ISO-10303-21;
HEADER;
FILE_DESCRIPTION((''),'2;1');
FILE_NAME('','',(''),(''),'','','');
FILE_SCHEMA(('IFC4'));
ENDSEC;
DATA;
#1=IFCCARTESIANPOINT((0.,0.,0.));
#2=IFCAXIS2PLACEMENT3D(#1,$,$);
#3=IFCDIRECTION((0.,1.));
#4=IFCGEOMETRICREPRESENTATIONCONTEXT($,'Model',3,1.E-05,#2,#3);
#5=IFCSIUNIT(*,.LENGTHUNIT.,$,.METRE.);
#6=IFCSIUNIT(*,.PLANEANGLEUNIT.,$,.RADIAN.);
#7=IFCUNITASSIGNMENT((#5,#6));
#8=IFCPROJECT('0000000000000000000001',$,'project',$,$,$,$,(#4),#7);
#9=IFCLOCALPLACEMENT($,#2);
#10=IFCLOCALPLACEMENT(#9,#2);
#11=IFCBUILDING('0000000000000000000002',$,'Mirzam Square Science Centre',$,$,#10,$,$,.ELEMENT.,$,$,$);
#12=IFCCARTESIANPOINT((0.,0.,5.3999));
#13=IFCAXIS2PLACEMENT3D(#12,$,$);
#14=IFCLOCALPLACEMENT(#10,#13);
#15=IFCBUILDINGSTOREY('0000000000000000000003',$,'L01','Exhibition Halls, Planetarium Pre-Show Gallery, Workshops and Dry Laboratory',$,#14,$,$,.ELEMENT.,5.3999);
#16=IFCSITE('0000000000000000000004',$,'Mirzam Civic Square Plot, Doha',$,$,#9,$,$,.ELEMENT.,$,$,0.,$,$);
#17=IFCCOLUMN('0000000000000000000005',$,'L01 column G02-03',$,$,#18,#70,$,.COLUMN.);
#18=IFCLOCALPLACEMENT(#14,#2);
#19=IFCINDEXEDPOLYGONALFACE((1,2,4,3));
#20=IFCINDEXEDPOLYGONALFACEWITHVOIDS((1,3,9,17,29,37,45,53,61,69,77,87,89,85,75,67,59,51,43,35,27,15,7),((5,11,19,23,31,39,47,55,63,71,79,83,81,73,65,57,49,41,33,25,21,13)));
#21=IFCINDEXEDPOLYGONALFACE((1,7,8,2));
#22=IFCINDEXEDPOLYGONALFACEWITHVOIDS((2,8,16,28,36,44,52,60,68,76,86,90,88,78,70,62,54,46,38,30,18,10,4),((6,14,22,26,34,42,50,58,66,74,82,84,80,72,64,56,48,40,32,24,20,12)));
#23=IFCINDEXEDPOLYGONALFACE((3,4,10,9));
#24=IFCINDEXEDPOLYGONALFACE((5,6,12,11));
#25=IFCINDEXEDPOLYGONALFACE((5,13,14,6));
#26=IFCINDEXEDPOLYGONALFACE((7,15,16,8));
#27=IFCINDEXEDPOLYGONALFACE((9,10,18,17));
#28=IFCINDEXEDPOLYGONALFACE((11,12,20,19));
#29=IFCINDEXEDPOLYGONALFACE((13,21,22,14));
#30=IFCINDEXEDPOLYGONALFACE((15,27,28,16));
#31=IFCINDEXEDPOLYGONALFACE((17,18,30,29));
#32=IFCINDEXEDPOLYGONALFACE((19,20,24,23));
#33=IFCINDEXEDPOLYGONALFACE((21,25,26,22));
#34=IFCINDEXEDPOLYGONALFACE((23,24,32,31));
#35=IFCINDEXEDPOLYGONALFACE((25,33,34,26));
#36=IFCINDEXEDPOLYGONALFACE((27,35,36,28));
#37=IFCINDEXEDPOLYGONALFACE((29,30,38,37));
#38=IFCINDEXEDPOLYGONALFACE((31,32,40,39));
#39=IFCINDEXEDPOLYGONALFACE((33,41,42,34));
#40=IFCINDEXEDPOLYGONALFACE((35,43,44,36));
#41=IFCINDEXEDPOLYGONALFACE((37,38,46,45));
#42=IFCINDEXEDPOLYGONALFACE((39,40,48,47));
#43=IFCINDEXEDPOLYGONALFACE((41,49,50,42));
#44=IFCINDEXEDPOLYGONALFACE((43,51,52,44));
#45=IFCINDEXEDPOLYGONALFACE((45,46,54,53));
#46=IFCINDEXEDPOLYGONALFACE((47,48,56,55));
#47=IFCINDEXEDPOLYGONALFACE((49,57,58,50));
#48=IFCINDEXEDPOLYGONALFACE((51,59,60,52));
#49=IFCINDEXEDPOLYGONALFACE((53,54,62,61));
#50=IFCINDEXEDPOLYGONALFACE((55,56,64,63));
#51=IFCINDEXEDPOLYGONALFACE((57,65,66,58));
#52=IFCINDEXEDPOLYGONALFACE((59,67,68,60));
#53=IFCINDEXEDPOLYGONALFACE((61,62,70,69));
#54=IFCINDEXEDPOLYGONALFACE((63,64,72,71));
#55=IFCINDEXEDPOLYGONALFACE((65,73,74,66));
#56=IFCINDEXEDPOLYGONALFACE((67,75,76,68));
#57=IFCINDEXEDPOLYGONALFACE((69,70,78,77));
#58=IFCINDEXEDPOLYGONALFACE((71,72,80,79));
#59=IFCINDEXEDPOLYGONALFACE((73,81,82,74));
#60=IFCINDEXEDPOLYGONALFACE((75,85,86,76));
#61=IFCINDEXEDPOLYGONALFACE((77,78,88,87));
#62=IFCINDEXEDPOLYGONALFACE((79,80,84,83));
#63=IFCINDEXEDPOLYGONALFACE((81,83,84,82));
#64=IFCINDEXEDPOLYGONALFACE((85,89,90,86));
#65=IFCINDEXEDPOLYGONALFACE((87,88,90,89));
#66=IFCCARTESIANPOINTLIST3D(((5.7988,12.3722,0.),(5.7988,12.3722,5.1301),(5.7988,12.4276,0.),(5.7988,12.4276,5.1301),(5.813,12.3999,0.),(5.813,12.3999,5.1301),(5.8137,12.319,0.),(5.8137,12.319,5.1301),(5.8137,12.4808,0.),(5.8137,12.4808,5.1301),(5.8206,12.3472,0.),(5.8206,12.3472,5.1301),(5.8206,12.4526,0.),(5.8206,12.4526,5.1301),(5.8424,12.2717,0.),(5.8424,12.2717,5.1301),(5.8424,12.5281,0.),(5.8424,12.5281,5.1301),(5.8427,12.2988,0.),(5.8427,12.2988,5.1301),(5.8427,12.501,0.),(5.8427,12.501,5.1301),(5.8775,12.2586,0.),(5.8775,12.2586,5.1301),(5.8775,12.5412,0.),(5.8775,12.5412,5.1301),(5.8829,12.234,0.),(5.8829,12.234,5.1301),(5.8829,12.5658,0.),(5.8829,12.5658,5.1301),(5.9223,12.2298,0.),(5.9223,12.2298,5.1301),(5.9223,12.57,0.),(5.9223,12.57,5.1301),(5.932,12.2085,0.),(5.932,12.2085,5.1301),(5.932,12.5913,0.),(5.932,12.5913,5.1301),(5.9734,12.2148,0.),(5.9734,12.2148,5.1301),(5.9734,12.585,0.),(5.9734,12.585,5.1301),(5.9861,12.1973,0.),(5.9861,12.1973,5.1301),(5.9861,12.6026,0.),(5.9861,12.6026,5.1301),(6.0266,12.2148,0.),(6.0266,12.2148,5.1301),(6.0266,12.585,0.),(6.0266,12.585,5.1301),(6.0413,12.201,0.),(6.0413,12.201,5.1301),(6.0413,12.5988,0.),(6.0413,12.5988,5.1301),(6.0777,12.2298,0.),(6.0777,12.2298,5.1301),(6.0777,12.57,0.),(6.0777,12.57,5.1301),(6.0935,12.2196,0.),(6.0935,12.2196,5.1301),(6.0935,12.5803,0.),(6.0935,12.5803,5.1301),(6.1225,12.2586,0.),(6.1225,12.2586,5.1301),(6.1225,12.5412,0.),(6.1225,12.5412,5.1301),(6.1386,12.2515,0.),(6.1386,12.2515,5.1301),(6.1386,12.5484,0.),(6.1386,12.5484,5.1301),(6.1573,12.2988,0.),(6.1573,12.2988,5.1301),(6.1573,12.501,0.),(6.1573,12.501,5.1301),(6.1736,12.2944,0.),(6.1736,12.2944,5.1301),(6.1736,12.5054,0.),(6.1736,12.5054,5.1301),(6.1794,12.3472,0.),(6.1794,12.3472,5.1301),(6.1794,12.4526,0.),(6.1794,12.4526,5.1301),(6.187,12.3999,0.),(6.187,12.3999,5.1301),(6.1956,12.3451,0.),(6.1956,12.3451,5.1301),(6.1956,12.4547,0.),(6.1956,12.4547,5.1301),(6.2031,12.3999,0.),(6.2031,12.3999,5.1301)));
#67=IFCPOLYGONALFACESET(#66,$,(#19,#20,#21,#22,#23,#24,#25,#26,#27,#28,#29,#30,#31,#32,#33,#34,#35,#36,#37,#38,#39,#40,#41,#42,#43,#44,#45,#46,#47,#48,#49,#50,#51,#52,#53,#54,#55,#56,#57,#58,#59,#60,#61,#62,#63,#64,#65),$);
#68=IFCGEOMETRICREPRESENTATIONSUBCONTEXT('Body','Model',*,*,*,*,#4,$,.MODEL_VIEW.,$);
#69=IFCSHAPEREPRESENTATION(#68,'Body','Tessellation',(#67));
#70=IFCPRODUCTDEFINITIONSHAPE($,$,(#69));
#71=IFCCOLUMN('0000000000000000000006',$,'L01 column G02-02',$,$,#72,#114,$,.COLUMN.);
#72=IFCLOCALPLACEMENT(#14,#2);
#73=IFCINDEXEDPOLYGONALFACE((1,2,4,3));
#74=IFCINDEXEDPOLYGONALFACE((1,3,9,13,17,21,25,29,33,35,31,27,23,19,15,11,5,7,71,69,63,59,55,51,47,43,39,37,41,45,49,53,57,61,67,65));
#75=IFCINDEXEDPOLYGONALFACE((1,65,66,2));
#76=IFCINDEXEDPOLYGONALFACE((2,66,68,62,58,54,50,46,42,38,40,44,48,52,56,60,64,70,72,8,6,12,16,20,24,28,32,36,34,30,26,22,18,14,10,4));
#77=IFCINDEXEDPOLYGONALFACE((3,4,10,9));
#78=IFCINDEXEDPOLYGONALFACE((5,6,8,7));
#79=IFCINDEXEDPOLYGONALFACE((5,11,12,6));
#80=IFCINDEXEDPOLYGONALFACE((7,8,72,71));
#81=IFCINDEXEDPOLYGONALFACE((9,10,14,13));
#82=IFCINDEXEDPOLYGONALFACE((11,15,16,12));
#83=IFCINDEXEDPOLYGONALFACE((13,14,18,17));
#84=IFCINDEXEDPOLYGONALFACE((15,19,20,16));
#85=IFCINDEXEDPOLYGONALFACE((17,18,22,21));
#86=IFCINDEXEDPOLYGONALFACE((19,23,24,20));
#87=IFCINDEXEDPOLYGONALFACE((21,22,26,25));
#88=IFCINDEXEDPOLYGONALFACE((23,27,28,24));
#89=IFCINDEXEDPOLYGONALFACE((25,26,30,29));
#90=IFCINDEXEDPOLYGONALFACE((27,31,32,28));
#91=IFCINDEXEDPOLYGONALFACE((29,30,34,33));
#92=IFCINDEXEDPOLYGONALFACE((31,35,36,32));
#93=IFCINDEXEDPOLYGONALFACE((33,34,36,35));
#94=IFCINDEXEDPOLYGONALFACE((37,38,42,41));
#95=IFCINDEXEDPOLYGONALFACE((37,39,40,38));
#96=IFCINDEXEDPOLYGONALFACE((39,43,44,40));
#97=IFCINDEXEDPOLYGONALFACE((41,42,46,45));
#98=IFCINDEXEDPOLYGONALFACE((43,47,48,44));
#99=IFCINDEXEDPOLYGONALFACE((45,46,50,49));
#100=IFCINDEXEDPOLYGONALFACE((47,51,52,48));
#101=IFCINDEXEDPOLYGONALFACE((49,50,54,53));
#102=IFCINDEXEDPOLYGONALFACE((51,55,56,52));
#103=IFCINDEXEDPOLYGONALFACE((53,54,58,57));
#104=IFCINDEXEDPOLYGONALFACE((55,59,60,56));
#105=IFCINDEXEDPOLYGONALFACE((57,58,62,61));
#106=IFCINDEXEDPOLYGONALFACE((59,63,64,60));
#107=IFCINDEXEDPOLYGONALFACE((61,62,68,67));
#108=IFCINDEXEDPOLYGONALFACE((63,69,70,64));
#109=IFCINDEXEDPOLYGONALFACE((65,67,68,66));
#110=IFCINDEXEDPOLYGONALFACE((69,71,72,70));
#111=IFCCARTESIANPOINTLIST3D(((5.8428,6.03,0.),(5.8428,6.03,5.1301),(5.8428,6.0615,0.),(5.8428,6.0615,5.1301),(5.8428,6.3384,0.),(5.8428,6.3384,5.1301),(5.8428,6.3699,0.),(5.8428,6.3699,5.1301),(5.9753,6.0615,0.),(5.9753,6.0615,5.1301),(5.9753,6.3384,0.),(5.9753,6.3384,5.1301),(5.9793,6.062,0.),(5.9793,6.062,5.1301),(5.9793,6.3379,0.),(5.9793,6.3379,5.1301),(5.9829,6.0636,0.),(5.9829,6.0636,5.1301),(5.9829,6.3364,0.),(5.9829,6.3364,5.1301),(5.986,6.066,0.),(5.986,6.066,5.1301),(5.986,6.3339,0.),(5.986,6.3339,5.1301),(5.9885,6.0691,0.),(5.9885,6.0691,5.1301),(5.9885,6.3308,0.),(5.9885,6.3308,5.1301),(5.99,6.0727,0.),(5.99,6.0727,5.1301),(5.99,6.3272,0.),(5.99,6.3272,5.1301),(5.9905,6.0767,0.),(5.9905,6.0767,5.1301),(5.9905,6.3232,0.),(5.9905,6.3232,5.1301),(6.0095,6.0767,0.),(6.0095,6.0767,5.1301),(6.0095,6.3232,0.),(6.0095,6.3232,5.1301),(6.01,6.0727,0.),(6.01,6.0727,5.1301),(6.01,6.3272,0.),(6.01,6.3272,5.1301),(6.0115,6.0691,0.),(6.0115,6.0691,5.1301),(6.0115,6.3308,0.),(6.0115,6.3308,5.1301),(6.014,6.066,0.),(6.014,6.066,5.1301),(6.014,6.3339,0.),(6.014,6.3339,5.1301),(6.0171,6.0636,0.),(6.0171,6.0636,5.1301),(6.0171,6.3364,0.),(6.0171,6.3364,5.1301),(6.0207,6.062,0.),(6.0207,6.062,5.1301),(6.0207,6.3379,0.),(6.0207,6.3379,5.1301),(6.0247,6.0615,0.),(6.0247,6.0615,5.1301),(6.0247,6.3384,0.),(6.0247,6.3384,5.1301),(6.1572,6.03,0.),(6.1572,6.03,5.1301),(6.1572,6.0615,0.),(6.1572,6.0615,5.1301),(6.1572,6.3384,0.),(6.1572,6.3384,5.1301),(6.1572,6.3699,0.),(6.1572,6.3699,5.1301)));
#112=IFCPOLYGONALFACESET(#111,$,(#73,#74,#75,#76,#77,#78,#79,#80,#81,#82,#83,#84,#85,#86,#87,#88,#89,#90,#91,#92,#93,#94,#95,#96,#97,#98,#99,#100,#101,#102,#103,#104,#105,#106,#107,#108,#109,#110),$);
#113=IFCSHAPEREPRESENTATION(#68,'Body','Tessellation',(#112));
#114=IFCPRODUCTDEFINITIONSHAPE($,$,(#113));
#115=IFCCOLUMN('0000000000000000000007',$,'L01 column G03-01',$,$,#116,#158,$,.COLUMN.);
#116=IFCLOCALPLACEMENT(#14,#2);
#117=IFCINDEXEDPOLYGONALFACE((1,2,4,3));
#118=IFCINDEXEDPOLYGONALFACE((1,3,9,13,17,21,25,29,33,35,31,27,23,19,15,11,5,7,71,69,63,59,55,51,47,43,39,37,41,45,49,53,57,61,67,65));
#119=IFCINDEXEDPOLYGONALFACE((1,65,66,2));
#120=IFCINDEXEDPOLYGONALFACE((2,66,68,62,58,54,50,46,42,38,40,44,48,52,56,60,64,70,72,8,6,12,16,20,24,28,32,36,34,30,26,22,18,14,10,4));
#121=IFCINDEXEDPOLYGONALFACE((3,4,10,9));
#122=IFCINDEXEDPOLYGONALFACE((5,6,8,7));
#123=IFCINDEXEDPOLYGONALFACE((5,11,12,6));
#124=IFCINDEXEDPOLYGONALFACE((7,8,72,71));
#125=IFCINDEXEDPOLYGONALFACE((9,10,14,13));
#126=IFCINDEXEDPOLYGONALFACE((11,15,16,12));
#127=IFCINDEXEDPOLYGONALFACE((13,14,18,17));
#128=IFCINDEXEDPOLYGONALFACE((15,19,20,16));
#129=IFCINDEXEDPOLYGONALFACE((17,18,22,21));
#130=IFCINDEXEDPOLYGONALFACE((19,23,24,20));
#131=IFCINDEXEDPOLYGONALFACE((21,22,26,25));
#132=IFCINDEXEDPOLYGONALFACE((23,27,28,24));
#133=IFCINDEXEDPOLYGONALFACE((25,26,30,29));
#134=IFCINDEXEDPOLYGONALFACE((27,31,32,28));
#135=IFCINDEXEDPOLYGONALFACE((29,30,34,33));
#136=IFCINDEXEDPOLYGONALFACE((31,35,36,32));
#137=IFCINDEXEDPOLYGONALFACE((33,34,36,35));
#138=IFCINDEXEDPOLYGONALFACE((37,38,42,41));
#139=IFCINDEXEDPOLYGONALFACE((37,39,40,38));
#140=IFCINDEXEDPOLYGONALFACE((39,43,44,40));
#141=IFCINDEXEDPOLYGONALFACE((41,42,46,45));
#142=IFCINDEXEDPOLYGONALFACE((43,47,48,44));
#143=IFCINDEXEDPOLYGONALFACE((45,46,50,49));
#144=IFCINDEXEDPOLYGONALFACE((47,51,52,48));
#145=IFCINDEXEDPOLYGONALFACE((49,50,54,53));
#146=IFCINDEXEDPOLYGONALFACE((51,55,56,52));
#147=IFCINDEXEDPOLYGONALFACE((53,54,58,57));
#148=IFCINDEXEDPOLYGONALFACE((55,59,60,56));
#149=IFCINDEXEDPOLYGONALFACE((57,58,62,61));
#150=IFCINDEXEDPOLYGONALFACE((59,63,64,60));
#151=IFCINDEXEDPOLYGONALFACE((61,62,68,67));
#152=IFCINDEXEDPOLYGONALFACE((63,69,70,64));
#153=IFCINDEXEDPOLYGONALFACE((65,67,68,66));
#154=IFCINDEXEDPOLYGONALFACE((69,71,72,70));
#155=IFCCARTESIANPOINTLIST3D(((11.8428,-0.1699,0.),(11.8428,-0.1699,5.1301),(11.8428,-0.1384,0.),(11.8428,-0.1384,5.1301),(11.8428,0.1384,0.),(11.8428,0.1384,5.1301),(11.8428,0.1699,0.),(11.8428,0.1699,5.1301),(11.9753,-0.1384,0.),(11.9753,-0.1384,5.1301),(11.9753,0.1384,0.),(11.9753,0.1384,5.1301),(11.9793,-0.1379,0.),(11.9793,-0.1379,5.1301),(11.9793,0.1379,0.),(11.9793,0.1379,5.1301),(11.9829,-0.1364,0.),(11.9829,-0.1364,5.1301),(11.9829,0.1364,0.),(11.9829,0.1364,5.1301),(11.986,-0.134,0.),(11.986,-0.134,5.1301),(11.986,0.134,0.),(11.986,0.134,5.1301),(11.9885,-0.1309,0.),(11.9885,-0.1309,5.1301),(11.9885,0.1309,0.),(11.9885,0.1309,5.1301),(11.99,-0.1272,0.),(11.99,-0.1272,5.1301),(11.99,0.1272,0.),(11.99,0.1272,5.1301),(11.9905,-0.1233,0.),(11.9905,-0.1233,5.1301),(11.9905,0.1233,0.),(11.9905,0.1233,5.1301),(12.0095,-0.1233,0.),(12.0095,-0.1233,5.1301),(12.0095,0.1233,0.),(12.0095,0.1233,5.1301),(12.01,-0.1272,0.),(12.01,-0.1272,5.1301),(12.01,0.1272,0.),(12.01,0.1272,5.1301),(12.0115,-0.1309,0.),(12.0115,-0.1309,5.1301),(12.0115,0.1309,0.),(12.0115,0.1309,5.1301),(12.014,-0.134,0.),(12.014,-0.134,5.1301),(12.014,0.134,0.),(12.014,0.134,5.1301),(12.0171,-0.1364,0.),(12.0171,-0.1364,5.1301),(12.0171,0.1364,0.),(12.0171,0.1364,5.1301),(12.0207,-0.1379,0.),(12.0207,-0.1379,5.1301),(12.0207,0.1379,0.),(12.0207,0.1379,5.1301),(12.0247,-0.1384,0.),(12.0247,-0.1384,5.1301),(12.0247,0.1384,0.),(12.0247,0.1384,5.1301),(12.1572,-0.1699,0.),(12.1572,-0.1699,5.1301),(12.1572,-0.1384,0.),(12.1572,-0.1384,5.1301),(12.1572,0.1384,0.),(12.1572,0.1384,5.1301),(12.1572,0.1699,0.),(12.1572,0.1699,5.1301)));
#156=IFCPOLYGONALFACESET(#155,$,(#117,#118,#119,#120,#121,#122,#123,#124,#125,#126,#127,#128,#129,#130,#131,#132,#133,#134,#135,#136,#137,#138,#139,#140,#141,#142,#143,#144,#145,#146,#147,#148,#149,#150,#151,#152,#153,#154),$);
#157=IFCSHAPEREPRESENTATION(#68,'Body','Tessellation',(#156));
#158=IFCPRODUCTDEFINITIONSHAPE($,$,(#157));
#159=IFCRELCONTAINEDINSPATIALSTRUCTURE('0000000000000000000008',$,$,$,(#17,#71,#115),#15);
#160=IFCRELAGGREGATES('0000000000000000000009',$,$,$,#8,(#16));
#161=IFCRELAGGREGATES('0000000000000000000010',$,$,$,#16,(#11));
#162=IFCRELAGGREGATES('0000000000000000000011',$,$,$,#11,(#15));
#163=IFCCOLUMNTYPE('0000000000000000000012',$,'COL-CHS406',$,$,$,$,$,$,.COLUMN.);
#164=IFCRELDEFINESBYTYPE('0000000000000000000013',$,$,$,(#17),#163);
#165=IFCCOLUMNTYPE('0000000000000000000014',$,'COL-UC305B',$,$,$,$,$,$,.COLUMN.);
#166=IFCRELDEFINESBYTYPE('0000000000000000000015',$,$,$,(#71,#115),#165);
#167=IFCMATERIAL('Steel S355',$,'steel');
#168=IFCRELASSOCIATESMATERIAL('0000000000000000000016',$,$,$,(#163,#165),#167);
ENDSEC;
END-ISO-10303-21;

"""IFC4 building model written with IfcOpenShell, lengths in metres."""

from ifc_helpers import new_model, si_unit, direction, frame, origin, origin_2d, place, context, subcontext, project, spatial, hollow_circle, i_section, extrude, material, material_profile, profile_set, type_object, element, save


model = new_model("IFC4")

# Units and contexts
model_context = context("Model", 3, precision=1e-05, world=origin(), true_north=direction((0.0, 1.0)))
body_context = subcontext(model_context, "Body", "Model", "MODEL_VIEW")
ifc_project = project(units=[si_unit("LENGTHUNIT", "METRE"), si_unit("PLANEANGLEUNIT", "RADIAN")], contexts=[model_context])

# Site, building, storey
site_placement = place(None, origin())
site = spatial("IfcSite", under=ifc_project, at=site_placement, Name="Mirzam Civic Square Plot, Doha", CompositionType="ELEMENT", RefElevation=0.0)
building_placement = place(site_placement, origin())
building = spatial("IfcBuilding", under=site, at=building_placement, Name="Mirzam Square Science Centre", CompositionType="ELEMENT")
storey_placement = place(building_placement, frame((0.0, 0.0, 5.3999)))
storey = spatial("IfcBuildingStorey", under=building, at=storey_placement, Name="L01", Description="Exhibition Halls, Planetarium Pre-Show Gallery, Workshops and Dry Laboratory", CompositionType="ELEMENT", Elevation=5.3999)

# Columns
ifc_material_1 = material(Name="Steel S355", Category="steel")
ifc_material_profile_1 = material_profile(ifc_material_1, hollow_circle(Radius=0.2031, WallThickness=0.0161, at=origin_2d()), Name="406.4x16.0CHS")
ifc_profile_set_1 = profile_set([ifc_material_profile_1], Name="Steel S355")
column_type_1 = type_object("IfcColumnType", Name="COL-CHS406", PredefinedType="COLUMN", material=ifc_profile_set_1)
column_1_placement = place(storey_placement, frame((6.0, 12.3999, 0.0), z_axis=(0.0, 0.0, 1.0), x_axis=(1.0, 0.0, 0.0)))
element("IfcColumn", 1, at=column_1_placement, inside=storey, type_object=column_type_1, Name="L01 column G02-03", PredefinedType="COLUMN", context=body_context, shape_type="SweptSolid", body=[
    extrude(hollow_circle(Radius=0.2031, WallThickness=0.0161, at=origin_2d()), origin(), (0.0, 0.0, 1.0), 5.1301),
])
ifc_material_profile_2 = material_profile(ifc_material_1, i_section(OverallWidth=0.3145, OverallDepth=0.3398, WebThickness=0.019, FlangeThickness=0.0315, FilletRadius=0.0151, at=origin_2d()), Name="305x305x198UC")
ifc_profile_set_2 = profile_set([ifc_material_profile_2], Name="Steel S355")
column_type_2 = type_object("IfcColumnType", Name="COL-UC305B", PredefinedType="COLUMN", material=ifc_profile_set_2)
for number, where, z_axis, x_axis, name in (
    (2, (6.0, 6.2, 0.0), (0.0, 0.0, 1.0), (1.0, 0.0, 0.0), "L01 column G02-02"),
    (3, (12.0, 0.0, 0.0), (0.0, 0.0, 1.0), (1.0, 0.0, 0.0), "L01 column G03-01"),
):
    element("IfcColumn", number, at=place(storey_placement, frame(where, z_axis=z_axis, x_axis=x_axis)), inside=storey, type_object=column_type_2, Name=name, PredefinedType="COLUMN", context=body_context, shape_type="SweptSolid", body=[
        extrude(i_section(OverallWidth=0.3145, OverallDepth=0.3398, WebThickness=0.019, FlangeThickness=0.0315, FilletRadius=0.0151, at=origin_2d()), origin(), (0.0, 0.0, 1.0), 5.1301),
    ])

save(model, "model.ifc")
